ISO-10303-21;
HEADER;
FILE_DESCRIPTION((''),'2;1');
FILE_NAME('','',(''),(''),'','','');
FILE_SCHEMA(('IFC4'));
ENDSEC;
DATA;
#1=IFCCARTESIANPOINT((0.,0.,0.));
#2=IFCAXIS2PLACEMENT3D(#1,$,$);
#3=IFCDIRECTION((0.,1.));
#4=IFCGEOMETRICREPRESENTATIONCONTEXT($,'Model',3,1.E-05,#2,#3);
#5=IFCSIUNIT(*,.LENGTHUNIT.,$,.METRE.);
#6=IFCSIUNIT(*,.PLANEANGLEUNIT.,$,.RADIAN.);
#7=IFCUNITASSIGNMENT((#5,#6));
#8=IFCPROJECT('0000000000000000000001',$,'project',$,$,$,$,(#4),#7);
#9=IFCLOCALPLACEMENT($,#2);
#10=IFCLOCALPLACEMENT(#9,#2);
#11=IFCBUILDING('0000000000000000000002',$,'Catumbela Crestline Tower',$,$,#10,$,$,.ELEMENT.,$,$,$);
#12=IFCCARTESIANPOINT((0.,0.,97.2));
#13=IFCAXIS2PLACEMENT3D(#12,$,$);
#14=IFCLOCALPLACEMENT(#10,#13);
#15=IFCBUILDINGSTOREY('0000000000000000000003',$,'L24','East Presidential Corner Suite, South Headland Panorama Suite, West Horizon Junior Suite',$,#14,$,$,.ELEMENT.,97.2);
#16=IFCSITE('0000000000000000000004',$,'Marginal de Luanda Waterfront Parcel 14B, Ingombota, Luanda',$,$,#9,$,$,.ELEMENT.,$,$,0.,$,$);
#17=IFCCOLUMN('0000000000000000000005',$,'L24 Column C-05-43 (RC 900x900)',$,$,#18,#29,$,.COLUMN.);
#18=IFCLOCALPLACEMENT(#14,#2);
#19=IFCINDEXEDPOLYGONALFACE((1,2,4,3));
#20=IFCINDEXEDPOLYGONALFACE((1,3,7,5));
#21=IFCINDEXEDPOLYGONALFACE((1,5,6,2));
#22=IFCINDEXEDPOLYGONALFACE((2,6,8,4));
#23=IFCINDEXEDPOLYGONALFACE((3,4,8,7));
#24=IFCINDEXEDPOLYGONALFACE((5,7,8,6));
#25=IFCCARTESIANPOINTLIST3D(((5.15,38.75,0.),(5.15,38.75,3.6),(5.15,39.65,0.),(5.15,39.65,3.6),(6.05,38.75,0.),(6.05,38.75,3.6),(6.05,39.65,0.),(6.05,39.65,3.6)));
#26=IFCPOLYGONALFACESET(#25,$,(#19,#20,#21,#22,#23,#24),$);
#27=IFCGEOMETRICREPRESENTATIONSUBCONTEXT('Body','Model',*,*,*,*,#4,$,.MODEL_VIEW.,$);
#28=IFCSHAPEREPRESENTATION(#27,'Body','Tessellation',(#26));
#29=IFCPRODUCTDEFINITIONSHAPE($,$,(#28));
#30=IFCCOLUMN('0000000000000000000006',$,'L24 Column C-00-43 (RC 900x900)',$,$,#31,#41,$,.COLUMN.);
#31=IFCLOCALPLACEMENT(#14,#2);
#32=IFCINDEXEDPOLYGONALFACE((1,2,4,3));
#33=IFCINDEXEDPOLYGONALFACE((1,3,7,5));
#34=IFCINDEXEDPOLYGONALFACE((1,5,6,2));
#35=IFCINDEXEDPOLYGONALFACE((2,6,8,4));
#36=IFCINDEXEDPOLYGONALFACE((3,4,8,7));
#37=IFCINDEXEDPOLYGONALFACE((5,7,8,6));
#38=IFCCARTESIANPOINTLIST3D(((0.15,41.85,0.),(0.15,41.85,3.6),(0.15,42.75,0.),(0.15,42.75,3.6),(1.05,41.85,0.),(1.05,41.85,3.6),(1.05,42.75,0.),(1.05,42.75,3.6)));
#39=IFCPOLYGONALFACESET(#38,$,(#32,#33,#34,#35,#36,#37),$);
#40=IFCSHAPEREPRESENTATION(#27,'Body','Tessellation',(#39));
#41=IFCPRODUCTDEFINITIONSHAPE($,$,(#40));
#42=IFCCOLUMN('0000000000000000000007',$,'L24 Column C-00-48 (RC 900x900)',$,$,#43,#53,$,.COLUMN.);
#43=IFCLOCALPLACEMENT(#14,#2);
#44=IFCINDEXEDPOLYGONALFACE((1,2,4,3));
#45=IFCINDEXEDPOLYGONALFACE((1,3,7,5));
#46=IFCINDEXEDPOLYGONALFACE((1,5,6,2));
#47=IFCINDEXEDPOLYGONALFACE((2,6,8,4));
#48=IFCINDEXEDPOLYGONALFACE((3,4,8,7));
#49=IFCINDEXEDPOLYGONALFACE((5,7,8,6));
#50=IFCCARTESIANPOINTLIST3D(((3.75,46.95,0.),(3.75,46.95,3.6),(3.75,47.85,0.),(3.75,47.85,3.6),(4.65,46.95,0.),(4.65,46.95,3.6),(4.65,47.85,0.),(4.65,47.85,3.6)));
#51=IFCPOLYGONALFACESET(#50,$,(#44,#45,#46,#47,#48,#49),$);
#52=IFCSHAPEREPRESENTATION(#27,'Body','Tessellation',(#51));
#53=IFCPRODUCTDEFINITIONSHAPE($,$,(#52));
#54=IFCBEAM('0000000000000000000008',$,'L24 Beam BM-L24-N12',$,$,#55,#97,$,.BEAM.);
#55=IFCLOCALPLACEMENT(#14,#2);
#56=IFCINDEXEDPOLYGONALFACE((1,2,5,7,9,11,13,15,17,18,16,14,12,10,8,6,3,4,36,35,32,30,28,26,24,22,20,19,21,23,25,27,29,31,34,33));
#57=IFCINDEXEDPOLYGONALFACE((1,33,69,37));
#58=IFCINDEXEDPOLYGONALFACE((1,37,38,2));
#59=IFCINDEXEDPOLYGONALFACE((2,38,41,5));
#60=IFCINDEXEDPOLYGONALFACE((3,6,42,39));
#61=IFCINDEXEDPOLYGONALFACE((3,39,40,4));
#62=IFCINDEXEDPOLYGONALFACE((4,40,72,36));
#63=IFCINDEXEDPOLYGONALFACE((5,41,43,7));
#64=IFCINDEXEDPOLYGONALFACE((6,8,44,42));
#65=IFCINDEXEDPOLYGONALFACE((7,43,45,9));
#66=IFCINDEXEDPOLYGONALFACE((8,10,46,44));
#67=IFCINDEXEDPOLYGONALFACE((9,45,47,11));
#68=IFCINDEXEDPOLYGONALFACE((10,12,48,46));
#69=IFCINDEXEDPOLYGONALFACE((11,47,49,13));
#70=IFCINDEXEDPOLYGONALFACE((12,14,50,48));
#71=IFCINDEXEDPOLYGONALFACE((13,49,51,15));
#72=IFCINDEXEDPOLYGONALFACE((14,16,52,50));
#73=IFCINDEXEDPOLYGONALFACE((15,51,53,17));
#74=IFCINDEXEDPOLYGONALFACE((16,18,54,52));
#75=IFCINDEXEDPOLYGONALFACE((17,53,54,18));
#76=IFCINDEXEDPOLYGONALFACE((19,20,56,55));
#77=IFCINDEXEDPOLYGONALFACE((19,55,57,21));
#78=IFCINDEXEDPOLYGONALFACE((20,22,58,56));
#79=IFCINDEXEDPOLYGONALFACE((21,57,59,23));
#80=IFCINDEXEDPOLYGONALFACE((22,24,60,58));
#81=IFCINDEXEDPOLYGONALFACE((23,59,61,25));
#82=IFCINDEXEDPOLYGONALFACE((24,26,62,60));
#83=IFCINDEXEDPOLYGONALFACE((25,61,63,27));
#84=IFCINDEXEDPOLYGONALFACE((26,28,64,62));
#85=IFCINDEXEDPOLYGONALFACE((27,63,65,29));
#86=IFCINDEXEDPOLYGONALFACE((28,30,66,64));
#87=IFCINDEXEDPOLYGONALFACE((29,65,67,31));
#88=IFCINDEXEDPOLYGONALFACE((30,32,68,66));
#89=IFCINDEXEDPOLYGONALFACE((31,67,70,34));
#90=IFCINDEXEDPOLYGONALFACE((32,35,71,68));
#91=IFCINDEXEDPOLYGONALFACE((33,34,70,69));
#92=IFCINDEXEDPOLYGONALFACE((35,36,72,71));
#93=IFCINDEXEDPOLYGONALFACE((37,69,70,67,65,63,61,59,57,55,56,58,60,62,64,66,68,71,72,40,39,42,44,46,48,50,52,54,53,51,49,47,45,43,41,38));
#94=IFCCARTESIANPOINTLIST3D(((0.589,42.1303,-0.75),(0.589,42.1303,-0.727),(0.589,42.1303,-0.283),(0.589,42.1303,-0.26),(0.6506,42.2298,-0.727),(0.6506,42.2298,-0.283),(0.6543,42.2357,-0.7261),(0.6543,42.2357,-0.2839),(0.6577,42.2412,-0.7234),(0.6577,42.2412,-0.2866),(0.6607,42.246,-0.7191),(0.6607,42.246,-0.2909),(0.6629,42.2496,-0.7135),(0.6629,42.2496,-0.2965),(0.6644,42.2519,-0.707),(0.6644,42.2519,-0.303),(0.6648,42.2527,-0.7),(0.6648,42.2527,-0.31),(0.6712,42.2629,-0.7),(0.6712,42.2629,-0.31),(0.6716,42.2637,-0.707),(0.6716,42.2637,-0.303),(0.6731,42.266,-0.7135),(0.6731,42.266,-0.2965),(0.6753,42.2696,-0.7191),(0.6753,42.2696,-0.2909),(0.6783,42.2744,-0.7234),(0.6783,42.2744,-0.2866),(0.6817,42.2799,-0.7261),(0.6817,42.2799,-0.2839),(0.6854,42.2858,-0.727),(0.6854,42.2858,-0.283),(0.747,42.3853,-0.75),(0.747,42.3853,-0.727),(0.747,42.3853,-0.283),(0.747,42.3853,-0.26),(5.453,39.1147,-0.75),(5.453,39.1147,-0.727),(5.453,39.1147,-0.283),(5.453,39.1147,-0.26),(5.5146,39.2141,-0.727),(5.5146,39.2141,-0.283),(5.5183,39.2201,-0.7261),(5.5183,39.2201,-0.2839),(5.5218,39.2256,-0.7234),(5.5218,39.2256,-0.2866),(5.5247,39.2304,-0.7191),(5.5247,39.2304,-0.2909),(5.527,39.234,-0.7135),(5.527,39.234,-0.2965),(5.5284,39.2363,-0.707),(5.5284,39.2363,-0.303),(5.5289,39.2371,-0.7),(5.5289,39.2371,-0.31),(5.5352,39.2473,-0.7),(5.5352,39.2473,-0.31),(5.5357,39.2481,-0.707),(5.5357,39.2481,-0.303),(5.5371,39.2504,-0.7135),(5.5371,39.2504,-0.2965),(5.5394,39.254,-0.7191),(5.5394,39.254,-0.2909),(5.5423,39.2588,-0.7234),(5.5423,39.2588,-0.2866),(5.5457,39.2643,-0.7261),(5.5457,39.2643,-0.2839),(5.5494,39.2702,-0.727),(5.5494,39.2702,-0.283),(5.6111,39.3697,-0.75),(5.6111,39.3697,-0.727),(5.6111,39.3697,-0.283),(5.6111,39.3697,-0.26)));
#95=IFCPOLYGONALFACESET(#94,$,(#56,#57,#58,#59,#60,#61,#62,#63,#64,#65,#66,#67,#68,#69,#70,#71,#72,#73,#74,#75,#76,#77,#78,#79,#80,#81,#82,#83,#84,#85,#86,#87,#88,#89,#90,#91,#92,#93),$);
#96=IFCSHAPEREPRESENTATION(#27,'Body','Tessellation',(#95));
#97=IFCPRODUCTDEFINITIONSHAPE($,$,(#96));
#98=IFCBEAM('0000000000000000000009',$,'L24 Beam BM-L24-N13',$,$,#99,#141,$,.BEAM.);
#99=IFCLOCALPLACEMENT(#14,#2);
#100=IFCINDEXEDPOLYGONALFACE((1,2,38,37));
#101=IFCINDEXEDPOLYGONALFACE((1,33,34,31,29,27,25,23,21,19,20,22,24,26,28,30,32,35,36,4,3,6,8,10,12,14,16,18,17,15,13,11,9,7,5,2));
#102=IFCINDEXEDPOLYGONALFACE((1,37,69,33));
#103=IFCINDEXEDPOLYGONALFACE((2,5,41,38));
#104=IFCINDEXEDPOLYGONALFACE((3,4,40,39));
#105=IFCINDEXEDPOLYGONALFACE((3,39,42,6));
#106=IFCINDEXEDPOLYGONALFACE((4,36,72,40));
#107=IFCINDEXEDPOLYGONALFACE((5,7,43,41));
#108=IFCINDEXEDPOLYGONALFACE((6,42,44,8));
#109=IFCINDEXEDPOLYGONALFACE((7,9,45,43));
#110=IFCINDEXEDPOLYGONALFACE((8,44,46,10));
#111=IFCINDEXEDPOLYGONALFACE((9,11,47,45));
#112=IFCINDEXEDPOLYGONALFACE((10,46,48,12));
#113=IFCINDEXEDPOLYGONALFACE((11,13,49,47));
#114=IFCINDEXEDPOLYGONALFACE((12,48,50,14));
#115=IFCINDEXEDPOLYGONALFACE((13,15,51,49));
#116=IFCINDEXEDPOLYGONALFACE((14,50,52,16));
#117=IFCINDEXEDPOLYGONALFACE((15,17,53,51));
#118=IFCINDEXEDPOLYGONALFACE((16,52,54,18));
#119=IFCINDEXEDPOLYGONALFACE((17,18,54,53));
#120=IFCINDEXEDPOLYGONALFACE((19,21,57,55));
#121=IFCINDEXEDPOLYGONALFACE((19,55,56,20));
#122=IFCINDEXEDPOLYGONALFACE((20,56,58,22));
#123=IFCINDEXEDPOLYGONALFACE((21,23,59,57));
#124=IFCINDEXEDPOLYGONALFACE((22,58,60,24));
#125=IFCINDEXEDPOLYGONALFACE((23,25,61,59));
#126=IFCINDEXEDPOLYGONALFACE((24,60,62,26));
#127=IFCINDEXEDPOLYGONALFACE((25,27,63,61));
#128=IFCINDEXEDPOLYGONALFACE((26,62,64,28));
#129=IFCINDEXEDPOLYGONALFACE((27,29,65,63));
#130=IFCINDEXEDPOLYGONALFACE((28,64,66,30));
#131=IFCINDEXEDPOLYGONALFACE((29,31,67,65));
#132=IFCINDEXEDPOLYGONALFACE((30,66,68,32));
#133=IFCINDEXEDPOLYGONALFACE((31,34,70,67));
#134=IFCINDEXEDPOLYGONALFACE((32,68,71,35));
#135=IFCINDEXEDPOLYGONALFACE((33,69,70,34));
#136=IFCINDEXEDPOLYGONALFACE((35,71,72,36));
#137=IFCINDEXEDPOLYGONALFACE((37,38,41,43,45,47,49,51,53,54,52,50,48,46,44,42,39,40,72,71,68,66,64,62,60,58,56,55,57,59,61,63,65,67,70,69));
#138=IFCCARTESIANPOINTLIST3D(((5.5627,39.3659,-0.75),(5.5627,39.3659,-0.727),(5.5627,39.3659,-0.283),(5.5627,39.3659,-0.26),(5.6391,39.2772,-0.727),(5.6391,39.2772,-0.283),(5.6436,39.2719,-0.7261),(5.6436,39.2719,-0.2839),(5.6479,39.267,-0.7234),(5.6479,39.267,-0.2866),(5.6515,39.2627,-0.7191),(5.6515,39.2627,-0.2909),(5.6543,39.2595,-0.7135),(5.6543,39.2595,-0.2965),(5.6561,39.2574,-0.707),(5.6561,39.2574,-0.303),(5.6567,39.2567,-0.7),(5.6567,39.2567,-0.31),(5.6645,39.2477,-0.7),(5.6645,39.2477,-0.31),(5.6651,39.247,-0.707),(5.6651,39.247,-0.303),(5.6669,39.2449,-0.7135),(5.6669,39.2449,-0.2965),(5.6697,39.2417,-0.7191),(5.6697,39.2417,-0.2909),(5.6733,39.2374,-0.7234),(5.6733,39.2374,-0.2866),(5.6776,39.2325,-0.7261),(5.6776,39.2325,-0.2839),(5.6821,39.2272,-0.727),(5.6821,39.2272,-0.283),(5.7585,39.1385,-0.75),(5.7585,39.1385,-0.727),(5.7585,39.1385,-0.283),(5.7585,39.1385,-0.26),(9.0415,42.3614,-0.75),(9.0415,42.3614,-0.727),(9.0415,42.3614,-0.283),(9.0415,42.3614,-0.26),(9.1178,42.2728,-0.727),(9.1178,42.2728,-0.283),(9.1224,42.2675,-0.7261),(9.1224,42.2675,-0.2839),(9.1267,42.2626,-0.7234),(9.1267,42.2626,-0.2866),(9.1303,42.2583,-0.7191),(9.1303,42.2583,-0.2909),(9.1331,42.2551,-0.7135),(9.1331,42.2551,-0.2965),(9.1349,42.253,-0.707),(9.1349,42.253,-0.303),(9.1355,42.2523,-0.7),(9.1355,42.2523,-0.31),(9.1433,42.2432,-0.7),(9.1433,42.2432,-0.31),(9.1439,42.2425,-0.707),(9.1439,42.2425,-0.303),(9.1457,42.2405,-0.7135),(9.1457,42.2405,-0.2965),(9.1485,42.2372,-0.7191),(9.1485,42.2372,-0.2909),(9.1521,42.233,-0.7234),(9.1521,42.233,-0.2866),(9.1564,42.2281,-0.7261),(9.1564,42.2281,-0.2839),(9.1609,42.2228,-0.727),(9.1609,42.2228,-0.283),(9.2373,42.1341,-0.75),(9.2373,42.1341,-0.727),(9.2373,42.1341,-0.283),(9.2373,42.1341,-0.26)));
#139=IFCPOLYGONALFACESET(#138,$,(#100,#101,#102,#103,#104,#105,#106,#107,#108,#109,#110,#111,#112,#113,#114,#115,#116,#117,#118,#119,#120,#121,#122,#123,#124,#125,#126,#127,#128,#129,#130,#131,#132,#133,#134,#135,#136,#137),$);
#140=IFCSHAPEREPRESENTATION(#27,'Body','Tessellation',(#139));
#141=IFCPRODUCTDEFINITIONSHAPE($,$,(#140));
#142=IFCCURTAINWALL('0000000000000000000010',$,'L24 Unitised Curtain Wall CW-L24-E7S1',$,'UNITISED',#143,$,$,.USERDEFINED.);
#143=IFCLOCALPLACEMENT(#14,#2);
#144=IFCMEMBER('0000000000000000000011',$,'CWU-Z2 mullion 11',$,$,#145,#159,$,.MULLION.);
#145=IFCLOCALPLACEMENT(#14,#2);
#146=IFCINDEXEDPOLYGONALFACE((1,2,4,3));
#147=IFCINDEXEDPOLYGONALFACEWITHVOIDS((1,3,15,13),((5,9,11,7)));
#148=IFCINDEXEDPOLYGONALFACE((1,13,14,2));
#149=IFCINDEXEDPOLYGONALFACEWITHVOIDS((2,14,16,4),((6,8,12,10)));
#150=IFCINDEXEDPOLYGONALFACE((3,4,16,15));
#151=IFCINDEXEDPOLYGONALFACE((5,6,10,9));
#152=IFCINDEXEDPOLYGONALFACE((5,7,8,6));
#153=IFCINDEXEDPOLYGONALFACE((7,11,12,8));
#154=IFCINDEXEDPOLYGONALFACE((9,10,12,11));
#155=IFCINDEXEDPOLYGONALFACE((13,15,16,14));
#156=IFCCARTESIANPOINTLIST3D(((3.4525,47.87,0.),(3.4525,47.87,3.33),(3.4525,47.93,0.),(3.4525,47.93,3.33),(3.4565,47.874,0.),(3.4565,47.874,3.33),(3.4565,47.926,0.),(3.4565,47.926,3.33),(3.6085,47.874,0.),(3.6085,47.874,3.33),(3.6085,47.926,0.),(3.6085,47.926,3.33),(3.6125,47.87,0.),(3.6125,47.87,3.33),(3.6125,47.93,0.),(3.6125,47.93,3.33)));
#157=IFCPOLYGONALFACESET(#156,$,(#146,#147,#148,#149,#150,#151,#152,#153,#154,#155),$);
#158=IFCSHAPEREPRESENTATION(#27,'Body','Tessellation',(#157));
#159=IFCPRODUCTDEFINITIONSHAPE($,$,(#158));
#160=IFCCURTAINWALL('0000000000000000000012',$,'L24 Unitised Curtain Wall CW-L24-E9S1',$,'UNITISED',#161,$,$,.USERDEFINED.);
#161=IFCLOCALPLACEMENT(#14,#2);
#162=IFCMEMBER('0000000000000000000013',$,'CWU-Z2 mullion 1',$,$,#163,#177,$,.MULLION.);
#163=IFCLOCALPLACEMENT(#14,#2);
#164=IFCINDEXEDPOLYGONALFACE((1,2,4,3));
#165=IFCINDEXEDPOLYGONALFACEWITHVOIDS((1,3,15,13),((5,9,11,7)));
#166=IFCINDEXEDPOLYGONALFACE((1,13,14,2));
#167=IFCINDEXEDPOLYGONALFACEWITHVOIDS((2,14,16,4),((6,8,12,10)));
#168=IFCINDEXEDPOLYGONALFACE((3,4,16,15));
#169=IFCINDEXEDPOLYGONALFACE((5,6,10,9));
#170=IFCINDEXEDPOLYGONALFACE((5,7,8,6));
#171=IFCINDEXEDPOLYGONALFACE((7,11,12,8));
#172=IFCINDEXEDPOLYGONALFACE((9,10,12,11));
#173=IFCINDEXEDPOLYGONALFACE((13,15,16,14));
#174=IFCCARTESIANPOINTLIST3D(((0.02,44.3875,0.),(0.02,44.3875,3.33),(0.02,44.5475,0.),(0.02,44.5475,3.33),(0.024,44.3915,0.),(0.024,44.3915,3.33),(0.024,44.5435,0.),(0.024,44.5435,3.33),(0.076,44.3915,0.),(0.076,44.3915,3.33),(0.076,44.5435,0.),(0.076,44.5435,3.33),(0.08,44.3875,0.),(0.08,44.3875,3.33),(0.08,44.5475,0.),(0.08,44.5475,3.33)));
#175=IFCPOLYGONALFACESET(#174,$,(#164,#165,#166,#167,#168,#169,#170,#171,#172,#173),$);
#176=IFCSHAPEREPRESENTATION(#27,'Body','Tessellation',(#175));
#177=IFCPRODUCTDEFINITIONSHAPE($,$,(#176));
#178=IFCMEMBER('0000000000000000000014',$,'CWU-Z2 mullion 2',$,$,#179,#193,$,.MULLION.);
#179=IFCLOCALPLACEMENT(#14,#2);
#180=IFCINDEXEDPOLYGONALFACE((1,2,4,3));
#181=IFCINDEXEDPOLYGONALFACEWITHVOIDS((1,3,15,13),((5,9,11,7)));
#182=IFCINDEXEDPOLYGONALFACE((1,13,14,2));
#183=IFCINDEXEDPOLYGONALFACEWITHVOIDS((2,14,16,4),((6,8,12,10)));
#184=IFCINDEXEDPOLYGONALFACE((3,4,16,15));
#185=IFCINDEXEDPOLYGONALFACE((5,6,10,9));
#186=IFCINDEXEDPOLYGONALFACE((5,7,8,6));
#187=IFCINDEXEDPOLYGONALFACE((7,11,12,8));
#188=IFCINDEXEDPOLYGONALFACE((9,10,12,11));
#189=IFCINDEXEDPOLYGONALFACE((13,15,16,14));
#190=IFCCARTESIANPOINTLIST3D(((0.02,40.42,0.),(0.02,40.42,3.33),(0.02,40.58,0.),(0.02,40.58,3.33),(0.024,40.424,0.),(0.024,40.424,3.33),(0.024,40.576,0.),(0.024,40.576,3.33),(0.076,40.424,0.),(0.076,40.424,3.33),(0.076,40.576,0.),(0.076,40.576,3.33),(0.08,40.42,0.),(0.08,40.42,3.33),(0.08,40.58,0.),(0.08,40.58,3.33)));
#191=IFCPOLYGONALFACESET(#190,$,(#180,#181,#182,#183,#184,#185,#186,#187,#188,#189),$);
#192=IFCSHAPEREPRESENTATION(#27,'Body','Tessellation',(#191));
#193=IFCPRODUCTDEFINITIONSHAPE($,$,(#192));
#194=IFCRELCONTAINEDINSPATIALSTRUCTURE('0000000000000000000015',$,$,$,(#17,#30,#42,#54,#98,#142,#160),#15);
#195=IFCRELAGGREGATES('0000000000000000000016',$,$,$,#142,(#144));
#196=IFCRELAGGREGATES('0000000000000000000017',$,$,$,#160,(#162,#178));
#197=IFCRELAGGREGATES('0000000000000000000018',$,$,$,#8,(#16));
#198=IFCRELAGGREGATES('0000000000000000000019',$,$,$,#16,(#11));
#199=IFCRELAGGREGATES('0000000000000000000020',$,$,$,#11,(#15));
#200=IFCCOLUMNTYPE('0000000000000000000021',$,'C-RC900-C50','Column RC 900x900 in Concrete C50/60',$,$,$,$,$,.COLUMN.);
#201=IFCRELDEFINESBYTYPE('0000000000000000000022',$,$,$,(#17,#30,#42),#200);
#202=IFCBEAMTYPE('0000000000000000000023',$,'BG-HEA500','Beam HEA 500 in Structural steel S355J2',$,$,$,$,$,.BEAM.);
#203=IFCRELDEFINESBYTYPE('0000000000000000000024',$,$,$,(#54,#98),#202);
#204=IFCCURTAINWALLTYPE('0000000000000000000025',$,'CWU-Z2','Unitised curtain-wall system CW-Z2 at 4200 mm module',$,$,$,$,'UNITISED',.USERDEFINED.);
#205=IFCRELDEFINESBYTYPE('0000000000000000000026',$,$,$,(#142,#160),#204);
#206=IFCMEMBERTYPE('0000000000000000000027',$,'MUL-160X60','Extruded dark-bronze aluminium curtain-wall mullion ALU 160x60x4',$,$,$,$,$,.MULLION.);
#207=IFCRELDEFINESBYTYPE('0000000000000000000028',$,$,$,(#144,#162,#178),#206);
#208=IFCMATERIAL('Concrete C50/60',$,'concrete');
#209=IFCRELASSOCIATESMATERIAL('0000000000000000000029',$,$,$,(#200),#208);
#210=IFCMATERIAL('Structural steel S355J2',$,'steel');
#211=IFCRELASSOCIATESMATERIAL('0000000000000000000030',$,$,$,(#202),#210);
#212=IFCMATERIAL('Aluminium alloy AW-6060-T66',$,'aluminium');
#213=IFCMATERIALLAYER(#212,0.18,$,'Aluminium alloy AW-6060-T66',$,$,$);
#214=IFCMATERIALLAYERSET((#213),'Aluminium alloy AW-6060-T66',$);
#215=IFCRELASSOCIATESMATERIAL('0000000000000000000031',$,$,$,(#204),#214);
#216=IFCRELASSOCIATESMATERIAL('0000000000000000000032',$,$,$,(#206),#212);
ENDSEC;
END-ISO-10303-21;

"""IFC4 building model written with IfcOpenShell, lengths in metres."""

from ifc_helpers import new_model, si_unit, direction, frame, origin, origin_2d, place, context, subcontext, project, spatial, rectangle, hollow_rectangle, i_section, extrude, material, layer, layer_set, material_profile, profile_set, type_object, element, aggregate, save


model = new_model("IFC4")

# Units and contexts
model_context = context("Model", 3, precision=1e-05, world=origin(), true_north=direction((0.0, 1.0)))
body_context = subcontext(model_context, "Body", "Model", "MODEL_VIEW")
ifc_project = project(units=[si_unit("LENGTHUNIT", "METRE"), si_unit("PLANEANGLEUNIT", "RADIAN")], contexts=[model_context])

# Site, building, storey
site_placement = place(None, origin())
site = spatial("IfcSite", under=ifc_project, at=site_placement, Name="Marginal de Luanda Waterfront Parcel 14B, Ingombota, Luanda", CompositionType="ELEMENT", RefElevation=0.0)
building_placement = place(site_placement, origin())
building = spatial("IfcBuilding", under=site, at=building_placement, Name="Catumbela Crestline Tower", CompositionType="ELEMENT")
storey_placement = place(building_placement, frame((0.0, 0.0, 97.2)))
storey = spatial("IfcBuildingStorey", under=building, at=storey_placement, Name="L24", Description="East Presidential Corner Suite, South Headland Panorama Suite, West Horizon Junior Suite", CompositionType="ELEMENT", Elevation=97.2)

# Columns
ifc_material_1 = material(Name="Concrete C50/60", Category="concrete")
ifc_material_profile_1 = material_profile(ifc_material_1, rectangle(XDim=0.9, YDim=0.9, at=origin_2d()), Name="RC 900x900")
ifc_profile_set_1 = profile_set([ifc_material_profile_1], Name="Concrete C50/60")
column_type = type_object("IfcColumnType", Name="C-RC900-C50", Description="Column RC 900x900 in Concrete C50/60", PredefinedType="COLUMN", material=ifc_profile_set_1)
for number, where, z_axis, x_axis, name in (
    (1, (5.6, 39.2, 0.0), (0.0, 0.0, 1.0), (1.0, 0.0, 0.0), "L24 Column C-05-43 (RC 900x900)"),
    (2, (0.6, 42.3, 0.0), (0.0, 0.0, 1.0), (1.0, 0.0, 0.0), "L24 Column C-00-43 (RC 900x900)"),
    (3, (4.2, 47.4, 0.0), (0.0, 0.0, 1.0), (1.0, 0.0, 0.0), "L24 Column C-00-48 (RC 900x900)"),
):
    element("IfcColumn", number, at=place(storey_placement, frame(where, z_axis=z_axis, x_axis=x_axis)), inside=storey, type_object=column_type, Name=name, PredefinedType="COLUMN", context=body_context, shape_type="SweptSolid", body=[
        extrude(rectangle(XDim=0.9, YDim=0.9, at=origin_2d()), origin(), (0.0, 0.0, 1.0), 3.6),
    ])

# Beams
ifc_material_2 = material(Name="Structural steel S355J2", Category="steel")
ifc_material_profile_2 = material_profile(ifc_material_2, i_section(OverallWidth=0.3, OverallDepth=0.49, WebThickness=0.012, FlangeThickness=0.023, FilletRadius=0.027, at=origin_2d()), Name="HEA 500")
ifc_profile_set_2 = profile_set([ifc_material_profile_2], Name="Structural steel S355J2")
beam_type_1 = type_object("IfcBeamType", Name="BG-HEA500", Description="Beam HEA 500 in Structural steel S355J2", PredefinedType="BEAM", material=ifc_profile_set_2)
beam_1_placement = place(storey_placement, frame((0.668, 42.2578, -0.505), z_axis=(0.849909, -0.52693, 0.0), x_axis=(0.52693, 0.849909, 0.0)))
element("IfcBeam", 4, at=beam_1_placement, inside=storey, type_object=beam_type_1, Name="L24 Beam BM-L24-N12", PredefinedType="BEAM", context=body_context, shape_type="SweptSolid", body=[
    extrude(i_section(OverallWidth=0.3, OverallDepth=0.49, WebThickness=0.012, FlangeThickness=0.023, FilletRadius=0.027, at=origin_2d()), origin(), (0.0, 0.0, 1.0), 5.723),
])
beam_2_placement = place(storey_placement, frame((5.6606, 39.2522, -0.505), z_axis=(0.757772, 0.652519, 0.0), x_axis=(-0.652519, 0.757772, 0.0)))
element("IfcBeam", 5, at=beam_2_placement, inside=storey, type_object=beam_type_1, Name="L24 Beam BM-L24-N13", PredefinedType="BEAM", context=body_context, shape_type="SweptSolid", body=[
    extrude(i_section(OverallWidth=0.3, OverallDepth=0.49, WebThickness=0.012, FlangeThickness=0.023, FilletRadius=0.027, at=origin_2d()), origin(), (0.0, 0.0, 1.0), 4.5908),
])

# Curtain wall, member
ifc_material_3 = material(Name="Aluminium alloy AW-6060-T66", Category="aluminium")
ifc_layer_1 = layer(ifc_material_3, 0.18, Name="Aluminium alloy AW-6060-T66")
ifc_layer_set_1 = layer_set([ifc_layer_1], Name="Aluminium alloy AW-6060-T66")
curtain_wall_type = type_object("IfcCurtainWallType", Name="CWU-Z2", Description="Unitised curtain-wall system CW-Z2 at 4200 mm module", ElementType="UNITISED", PredefinedType="USERDEFINED", material=ifc_layer_set_1)
curtain_wall_1_placement = place(storey_placement, origin())
curtain_wall_1 = element("IfcCurtainWall", 6, at=curtain_wall_1_placement, inside=storey, type_object=curtain_wall_type, Name="L24 Unitised Curtain Wall CW-L24-E7S1", ObjectType="UNITISED", PredefinedType="USERDEFINED")
ifc_material_profile_3 = material_profile(ifc_material_3, hollow_rectangle(XDim=0.06, YDim=0.16, WallThickness=0.004, at=origin_2d()), Name="ALU 160x60x4")
ifc_profile_set_3 = profile_set([ifc_material_profile_3], Name="Aluminium alloy AW-6060-T66")
member_type_1 = type_object("IfcMemberType", Name="MUL-160X60", Description="Extruded dark-bronze aluminium curtain-wall mullion ALU 160x60x4", PredefinedType="MULLION", material=ifc_profile_set_3)
member_1_placement = place(storey_placement, frame((3.5325, 47.9, 0.0), z_axis=(0.0, 0.0, 1.0), x_axis=(0.0, -1.0, 0.0)))
member_1 = element("IfcMember", 7, at=member_1_placement, type_object=member_type_1, Name="CWU-Z2 mullion 11", PredefinedType="MULLION", context=body_context, shape_type="SweptSolid", body=[
    extrude(hollow_rectangle(XDim=0.06, YDim=0.16, WallThickness=0.004, at=origin_2d()), origin(), (0.0, 0.0, 1.0), 3.33),
])

# Curtain wall, members
curtain_wall_2_placement = place(storey_placement, origin())
curtain_wall_2 = element("IfcCurtainWall", 8, at=curtain_wall_2_placement, inside=storey, type_object=curtain_wall_type, Name="L24 Unitised Curtain Wall CW-L24-E9S1", ObjectType="UNITISED", PredefinedType="USERDEFINED")
member_2_placement = place(storey_placement, frame((0.05, 44.4675, 0.0), z_axis=(0.0, 0.0, 1.0), x_axis=(1.0, 0.0, 0.0)))
member_2 = element("IfcMember", 9, at=member_2_placement, type_object=member_type_1, Name="CWU-Z2 mullion 1", PredefinedType="MULLION", context=body_context, shape_type="SweptSolid", body=[
    extrude(hollow_rectangle(XDim=0.06, YDim=0.16, WallThickness=0.004, at=origin_2d()), origin(), (0.0, 0.0, 1.0), 3.33),
])
member_3_placement = place(storey_placement, frame((0.05, 40.5, 0.0), z_axis=(0.0, 0.0, 1.0), x_axis=(1.0, 0.0, 0.0)))
member_3 = element("IfcMember", 10, at=member_3_placement, type_object=member_type_1, Name="CWU-Z2 mullion 2", PredefinedType="MULLION", context=body_context, shape_type="SweptSolid", body=[
    extrude(hollow_rectangle(XDim=0.06, YDim=0.16, WallThickness=0.004, at=origin_2d()), origin(), (0.0, 0.0, 1.0), 3.33),
])

aggregate(curtain_wall_1, [member_1])
aggregate(curtain_wall_2, [member_2, member_3])

save(model, "model.ifc")
